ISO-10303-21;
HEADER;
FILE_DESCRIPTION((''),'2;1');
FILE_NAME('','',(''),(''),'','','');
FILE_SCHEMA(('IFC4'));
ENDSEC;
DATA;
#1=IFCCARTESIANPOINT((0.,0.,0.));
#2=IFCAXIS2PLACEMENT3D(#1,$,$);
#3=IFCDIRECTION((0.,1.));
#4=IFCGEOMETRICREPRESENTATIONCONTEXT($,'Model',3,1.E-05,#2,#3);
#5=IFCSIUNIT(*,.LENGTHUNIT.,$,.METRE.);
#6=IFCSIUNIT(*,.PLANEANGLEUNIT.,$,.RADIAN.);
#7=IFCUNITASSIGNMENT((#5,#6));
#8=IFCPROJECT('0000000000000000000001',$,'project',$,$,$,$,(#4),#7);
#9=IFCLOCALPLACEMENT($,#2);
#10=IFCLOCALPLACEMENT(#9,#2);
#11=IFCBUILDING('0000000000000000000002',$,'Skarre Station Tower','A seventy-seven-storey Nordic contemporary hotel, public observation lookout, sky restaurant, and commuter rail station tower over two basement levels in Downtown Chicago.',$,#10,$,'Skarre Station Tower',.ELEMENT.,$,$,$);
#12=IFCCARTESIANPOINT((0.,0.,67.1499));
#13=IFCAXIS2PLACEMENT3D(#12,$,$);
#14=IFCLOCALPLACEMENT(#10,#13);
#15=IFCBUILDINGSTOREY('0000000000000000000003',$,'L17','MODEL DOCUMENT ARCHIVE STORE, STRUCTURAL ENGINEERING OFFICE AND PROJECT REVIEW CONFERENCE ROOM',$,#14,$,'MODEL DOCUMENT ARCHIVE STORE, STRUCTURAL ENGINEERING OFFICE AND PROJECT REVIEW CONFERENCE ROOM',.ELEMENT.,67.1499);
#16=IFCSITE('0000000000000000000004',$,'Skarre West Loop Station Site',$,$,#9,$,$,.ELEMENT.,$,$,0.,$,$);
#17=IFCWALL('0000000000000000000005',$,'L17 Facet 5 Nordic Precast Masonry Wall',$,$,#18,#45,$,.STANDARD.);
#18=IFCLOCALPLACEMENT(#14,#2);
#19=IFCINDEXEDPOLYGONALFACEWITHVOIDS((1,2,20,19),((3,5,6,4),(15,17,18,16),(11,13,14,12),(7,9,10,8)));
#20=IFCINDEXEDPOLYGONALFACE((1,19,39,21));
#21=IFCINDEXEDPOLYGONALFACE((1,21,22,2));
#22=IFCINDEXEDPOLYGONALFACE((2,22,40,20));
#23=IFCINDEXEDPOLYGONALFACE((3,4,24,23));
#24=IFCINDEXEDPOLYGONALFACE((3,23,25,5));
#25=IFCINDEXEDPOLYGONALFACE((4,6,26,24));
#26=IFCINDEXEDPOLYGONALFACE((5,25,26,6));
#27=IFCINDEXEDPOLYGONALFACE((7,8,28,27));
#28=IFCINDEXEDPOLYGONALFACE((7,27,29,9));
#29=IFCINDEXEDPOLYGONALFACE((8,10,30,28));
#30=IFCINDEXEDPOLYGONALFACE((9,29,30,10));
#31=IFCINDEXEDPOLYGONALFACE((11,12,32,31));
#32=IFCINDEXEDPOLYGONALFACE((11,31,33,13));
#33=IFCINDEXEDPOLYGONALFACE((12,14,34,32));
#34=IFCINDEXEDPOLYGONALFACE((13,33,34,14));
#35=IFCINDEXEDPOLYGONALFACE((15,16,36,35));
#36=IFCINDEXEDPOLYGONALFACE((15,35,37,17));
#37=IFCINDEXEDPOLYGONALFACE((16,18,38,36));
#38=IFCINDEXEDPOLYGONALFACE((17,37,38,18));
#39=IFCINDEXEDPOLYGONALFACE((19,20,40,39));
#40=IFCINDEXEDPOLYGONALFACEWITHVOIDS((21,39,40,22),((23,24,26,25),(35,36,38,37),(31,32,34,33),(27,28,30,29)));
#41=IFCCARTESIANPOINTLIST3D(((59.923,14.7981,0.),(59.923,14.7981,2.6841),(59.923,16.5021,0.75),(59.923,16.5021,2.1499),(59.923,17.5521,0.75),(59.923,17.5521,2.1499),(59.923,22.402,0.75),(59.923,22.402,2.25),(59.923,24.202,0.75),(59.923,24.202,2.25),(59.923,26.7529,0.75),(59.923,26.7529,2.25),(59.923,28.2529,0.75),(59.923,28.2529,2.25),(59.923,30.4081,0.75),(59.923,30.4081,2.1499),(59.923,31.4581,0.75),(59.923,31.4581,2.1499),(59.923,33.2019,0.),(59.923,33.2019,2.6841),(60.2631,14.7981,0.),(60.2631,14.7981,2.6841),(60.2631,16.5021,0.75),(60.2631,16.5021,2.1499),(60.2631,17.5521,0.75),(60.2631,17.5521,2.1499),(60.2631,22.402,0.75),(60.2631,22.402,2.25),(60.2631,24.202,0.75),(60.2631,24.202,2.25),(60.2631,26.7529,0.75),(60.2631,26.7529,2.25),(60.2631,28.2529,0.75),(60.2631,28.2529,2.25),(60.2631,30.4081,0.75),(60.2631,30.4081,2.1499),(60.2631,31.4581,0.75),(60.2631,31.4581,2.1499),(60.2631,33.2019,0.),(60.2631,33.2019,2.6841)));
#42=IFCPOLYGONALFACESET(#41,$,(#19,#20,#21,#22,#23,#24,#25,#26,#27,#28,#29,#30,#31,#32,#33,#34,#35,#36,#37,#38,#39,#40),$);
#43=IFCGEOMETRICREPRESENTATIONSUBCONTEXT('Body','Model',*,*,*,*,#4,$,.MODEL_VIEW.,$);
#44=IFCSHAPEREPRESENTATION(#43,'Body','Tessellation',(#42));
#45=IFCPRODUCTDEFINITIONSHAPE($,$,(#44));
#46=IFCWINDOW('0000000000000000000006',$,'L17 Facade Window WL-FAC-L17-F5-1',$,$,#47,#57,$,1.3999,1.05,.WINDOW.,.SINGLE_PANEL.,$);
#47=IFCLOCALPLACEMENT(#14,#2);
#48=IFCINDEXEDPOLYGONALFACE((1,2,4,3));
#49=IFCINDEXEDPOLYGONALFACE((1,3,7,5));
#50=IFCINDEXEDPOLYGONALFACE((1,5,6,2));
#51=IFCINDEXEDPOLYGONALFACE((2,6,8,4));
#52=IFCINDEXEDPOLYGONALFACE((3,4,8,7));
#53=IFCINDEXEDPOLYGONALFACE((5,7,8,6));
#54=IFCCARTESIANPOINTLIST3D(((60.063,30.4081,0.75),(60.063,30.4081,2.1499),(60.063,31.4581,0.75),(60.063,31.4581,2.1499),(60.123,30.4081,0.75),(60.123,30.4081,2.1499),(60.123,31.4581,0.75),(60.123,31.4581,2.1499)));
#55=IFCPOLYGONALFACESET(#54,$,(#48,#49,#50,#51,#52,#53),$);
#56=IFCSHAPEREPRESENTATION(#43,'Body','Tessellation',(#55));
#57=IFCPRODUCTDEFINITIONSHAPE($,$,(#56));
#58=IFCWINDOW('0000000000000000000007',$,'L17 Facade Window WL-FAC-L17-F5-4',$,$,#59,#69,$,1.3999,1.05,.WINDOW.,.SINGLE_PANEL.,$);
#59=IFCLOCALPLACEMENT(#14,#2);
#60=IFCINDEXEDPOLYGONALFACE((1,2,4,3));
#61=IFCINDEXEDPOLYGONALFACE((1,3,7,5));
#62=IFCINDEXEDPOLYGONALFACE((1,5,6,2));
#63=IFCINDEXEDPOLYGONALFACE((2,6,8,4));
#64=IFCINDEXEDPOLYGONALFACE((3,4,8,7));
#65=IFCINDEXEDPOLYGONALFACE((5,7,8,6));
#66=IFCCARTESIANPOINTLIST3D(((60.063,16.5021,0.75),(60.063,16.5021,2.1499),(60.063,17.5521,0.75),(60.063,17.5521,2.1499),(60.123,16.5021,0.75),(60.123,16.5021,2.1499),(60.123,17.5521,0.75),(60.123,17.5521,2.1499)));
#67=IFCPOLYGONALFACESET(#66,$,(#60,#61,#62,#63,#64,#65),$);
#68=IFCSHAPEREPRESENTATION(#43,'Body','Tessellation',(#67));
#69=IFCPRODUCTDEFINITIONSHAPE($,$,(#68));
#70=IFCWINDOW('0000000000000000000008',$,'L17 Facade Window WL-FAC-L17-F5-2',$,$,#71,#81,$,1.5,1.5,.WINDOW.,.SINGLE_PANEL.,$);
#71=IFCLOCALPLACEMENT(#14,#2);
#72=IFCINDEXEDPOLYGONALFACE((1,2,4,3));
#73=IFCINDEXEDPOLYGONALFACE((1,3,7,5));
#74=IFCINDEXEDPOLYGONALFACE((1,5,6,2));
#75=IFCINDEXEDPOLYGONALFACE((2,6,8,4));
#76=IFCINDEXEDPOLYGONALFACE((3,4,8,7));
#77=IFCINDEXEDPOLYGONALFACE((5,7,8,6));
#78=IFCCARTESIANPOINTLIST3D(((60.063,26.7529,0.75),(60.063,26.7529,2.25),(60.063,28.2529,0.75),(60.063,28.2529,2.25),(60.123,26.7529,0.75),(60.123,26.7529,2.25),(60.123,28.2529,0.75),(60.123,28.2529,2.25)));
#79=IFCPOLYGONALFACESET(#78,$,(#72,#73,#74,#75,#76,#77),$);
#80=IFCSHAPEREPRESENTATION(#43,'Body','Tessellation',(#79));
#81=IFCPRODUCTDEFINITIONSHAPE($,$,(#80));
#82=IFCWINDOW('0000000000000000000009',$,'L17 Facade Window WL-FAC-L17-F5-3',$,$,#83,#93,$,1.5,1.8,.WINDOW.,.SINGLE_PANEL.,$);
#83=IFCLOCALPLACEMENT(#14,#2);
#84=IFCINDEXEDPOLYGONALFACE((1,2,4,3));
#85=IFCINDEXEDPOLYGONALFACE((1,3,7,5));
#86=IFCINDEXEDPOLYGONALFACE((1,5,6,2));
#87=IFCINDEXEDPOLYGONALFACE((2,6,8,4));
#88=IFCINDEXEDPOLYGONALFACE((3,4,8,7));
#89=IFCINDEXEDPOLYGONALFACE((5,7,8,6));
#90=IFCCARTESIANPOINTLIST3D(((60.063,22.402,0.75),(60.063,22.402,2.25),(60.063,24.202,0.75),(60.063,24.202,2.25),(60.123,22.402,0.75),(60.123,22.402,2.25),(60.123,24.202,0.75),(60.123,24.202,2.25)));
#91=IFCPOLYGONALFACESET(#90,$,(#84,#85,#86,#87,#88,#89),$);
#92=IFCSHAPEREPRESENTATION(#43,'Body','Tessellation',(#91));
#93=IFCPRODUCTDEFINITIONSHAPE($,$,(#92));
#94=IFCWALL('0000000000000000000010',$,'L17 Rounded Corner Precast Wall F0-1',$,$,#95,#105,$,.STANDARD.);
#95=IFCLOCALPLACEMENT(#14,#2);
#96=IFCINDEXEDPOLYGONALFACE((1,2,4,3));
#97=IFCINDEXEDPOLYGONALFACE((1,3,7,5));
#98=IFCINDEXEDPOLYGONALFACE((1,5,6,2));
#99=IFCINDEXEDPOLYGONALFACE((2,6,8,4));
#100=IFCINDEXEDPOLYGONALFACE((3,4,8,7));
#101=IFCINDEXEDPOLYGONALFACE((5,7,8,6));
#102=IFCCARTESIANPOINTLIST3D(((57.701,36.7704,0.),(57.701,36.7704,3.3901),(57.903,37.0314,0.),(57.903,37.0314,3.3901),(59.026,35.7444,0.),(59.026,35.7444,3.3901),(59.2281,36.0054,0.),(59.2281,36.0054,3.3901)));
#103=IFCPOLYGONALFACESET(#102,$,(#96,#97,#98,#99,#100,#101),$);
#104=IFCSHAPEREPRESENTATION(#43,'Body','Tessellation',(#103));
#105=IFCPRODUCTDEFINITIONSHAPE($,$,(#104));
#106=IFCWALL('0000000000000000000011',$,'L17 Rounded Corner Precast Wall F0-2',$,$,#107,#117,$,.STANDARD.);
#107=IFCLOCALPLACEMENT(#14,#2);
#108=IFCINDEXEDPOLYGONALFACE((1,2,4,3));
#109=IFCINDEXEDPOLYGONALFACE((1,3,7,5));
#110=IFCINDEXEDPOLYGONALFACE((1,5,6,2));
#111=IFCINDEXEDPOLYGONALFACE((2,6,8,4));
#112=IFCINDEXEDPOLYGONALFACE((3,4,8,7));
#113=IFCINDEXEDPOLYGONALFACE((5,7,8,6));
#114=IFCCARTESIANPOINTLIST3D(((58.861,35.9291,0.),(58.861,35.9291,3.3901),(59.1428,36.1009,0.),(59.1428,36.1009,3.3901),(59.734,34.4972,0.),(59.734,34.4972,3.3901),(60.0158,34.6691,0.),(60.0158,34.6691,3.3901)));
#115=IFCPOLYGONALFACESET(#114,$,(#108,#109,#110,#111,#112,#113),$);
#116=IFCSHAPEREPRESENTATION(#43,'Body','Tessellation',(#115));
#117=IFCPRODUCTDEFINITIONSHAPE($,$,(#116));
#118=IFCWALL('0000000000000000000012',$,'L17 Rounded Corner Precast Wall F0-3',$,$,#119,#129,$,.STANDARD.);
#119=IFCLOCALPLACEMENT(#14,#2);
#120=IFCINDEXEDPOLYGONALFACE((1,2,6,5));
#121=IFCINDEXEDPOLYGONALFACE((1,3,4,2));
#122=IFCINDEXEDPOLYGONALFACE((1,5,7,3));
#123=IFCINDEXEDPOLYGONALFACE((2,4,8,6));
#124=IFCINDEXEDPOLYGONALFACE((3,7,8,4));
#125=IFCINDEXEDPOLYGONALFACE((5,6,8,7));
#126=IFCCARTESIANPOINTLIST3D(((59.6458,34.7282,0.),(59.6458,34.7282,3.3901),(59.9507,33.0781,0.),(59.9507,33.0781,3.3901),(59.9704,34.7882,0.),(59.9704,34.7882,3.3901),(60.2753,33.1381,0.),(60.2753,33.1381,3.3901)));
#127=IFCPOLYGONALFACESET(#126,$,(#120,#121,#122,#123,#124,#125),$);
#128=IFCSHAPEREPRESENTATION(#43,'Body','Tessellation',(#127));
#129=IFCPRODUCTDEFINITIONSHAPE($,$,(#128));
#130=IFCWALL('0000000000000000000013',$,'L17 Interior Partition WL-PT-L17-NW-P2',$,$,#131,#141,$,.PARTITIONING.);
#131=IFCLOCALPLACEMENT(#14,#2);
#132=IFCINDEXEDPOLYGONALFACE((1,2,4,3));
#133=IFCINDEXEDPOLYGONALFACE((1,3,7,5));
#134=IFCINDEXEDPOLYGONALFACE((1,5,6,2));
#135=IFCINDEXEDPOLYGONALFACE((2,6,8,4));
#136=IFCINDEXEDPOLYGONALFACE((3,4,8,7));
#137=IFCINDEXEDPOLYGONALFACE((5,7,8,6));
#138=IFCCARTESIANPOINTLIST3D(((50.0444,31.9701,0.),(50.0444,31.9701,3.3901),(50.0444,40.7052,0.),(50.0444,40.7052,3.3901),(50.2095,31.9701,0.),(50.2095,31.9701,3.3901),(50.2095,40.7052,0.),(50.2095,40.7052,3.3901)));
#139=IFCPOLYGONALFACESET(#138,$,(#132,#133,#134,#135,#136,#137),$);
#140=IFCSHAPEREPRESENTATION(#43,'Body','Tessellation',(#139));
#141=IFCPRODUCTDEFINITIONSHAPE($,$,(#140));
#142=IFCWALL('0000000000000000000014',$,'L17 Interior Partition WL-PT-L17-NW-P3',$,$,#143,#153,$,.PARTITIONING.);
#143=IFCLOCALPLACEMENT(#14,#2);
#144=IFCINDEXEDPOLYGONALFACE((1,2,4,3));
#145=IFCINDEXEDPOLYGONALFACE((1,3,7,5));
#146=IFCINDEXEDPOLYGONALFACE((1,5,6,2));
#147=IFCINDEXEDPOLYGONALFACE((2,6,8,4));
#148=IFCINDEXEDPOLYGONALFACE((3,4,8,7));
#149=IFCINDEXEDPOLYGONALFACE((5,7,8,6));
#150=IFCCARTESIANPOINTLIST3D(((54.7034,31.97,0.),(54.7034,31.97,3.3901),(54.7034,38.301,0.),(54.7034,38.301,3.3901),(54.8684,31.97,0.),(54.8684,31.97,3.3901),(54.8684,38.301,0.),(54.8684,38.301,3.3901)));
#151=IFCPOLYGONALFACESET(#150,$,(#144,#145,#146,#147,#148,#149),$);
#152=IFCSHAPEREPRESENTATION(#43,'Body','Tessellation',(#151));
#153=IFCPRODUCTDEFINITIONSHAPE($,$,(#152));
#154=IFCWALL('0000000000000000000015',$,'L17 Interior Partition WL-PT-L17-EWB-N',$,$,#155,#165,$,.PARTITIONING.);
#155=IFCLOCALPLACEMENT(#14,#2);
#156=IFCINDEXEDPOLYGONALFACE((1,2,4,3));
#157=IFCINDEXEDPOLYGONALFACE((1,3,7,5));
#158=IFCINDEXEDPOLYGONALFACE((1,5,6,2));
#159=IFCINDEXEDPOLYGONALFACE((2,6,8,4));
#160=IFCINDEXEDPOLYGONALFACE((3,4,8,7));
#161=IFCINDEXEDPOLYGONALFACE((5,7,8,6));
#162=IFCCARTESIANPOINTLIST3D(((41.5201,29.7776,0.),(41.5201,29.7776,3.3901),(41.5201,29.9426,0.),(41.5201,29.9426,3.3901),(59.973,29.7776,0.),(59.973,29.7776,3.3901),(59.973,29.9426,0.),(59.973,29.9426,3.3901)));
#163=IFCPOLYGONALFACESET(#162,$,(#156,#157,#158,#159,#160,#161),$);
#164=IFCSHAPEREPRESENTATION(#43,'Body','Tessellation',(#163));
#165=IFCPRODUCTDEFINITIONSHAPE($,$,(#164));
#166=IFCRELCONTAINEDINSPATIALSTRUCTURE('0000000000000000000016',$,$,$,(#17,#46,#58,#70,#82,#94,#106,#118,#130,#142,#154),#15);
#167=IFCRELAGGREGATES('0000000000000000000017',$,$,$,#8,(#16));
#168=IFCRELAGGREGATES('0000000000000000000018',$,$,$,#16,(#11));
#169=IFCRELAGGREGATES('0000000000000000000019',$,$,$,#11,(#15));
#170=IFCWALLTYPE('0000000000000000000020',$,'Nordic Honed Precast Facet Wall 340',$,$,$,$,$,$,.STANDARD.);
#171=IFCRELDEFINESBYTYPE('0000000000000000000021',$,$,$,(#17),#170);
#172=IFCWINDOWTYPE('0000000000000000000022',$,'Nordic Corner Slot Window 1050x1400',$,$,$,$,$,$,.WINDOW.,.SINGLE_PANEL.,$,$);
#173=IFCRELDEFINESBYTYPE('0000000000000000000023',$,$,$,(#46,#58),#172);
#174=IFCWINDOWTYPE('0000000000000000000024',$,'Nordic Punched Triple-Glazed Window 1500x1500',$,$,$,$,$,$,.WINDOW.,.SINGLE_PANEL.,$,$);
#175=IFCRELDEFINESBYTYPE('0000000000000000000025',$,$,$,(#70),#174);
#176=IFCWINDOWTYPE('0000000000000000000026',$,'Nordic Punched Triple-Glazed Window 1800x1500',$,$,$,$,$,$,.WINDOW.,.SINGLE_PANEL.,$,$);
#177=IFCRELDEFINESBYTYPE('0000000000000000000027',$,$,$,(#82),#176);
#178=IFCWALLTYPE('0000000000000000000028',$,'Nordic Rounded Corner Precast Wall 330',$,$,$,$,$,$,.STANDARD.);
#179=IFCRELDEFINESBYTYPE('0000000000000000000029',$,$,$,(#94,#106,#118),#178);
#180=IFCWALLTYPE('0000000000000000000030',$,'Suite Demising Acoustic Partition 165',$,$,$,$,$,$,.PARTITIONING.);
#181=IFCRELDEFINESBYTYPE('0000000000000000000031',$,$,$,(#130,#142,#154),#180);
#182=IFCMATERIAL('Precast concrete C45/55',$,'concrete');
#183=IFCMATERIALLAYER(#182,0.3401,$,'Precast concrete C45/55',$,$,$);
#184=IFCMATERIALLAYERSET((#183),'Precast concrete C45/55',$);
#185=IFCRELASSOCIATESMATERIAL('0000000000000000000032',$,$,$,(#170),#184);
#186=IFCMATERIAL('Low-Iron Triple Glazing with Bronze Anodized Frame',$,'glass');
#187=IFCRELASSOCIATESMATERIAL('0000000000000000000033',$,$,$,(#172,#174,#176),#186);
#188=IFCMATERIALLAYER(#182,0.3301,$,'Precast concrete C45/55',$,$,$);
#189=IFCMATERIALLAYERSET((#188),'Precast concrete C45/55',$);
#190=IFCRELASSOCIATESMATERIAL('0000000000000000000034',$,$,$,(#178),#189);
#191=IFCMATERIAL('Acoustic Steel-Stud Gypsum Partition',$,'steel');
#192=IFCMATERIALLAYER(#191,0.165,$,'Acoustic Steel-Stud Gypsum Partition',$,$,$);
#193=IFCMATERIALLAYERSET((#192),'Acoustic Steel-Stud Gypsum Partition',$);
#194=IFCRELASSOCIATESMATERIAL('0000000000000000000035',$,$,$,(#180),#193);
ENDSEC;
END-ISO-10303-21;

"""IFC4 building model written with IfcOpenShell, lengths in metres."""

from ifc_helpers import new_model, si_unit, direction, frame, frame_2d, origin, place, context, subcontext, project, spatial, rectangle, extrude, material, layer, layer_set, type_object, element, fill, save


model = new_model("IFC4")

# Units and contexts
model_context = context("Model", 3, precision=1e-05, world=origin(), true_north=direction((0.0, 1.0)))
body_context = subcontext(model_context, "Body", "Model", "MODEL_VIEW")
ifc_project = project(units=[si_unit("LENGTHUNIT", "METRE"), si_unit("PLANEANGLEUNIT", "RADIAN")], contexts=[model_context])

# Site, building, storey
site_placement = place(None, origin())
site = spatial("IfcSite", under=ifc_project, at=site_placement, Name="Skarre West Loop Station Site", CompositionType="ELEMENT", RefElevation=0.0)
building_placement = place(site_placement, origin())
building = spatial("IfcBuilding", under=site, at=building_placement, Name="Skarre Station Tower", Description="A seventy-seven-storey Nordic contemporary hotel, public observation lookout, sky restaurant, and commuter rail station tower over two basement levels in Downtown Chicago.", LongName="Skarre Station Tower", CompositionType="ELEMENT")
storey_placement = place(building_placement, frame((0.0, 0.0, 67.1499)))
storey = spatial("IfcBuildingStorey", under=building, at=storey_placement, Name="L17", Description="MODEL DOCUMENT ARCHIVE STORE, STRUCTURAL ENGINEERING OFFICE AND PROJECT REVIEW CONFERENCE ROOM", LongName="MODEL DOCUMENT ARCHIVE STORE, STRUCTURAL ENGINEERING OFFICE AND PROJECT REVIEW CONFERENCE ROOM", CompositionType="ELEMENT", Elevation=67.1499)

# Shared definitions
ifc_material_1 = material(Name="Acoustic Steel-Stud Gypsum Partition", Category="steel")

# Wall, openings, windows
ifc_material_2 = material(Name="Precast concrete C45/55", Category="concrete")
ifc_layer_1 = layer(ifc_material_2, 0.3401, Name="Precast concrete C45/55")
ifc_layer_set_1 = layer_set([ifc_layer_1], Name="Precast concrete C45/55")
wall_type_1 = type_object("IfcWallType", Name="Nordic Honed Precast Facet Wall 340", PredefinedType="STANDARD", material=ifc_layer_set_1)
wall_1_placement = place(storey_placement, frame((60.093, 33.2019, 0.0), z_axis=(0.0, 0.0, 1.0), x_axis=(0.0, -1.0, 0.0)))
wall_1 = element("IfcWall", 1, at=wall_1_placement, inside=storey, type_object=wall_type_1, Name="L17 Facet 5 Nordic Precast Masonry Wall", PredefinedType="STANDARD", context=body_context, shape_type="SweptSolid", body=[
    extrude(rectangle(XDim=18.4038, YDim=0.3401, at=frame_2d((9.2019, 0.0))), origin(), (0.0, 0.0, 1.0), 2.6841),
])
opening_1_placement = place(wall_1_placement, frame((1.7439, 0.0, 0.75)))
opening_1 = element("IfcOpeningElement", 2, at=opening_1_placement, cuts=wall_1, PredefinedType="OPENING", context=body_context, shape_type="SweptSolid", body=[
    extrude(rectangle(XDim=1.05, YDim=1.3999, at=frame_2d((0.5249, 0.7))), frame((0.0, 0.1799, 0.0), z_axis=(0.0, -1.0, 0.0), x_axis=(1.0, 0.0, 0.0)), (0.0, 0.0, 1.0), 0.3601),
])
opening_2_placement = place(wall_1_placement, frame((4.949, 0.0, 0.75)))
opening_2 = element("IfcOpeningElement", 3, at=opening_2_placement, cuts=wall_1, PredefinedType="OPENING", context=body_context, shape_type="SweptSolid", body=[
    extrude(rectangle(XDim=1.5, YDim=1.5, at=frame_2d((0.75, 0.75))), frame((0.0, 0.1799, 0.0), z_axis=(0.0, -1.0, 0.0), x_axis=(1.0, 0.0, 0.0)), (0.0, 0.0, 1.0), 0.3601),
])
opening_3_placement = place(wall_1_placement, frame((9.0, 0.0, 0.75)))
opening_3 = element("IfcOpeningElement", 4, at=opening_3_placement, cuts=wall_1, PredefinedType="OPENING", context=body_context, shape_type="SweptSolid", body=[
    extrude(rectangle(XDim=1.8, YDim=1.5, at=frame_2d((0.8999, 0.75))), frame((0.0, 0.1799, 0.0), z_axis=(0.0, -1.0, 0.0), x_axis=(1.0, 0.0, 0.0)), (0.0, 0.0, 1.0), 0.3601),
])
opening_4_placement = place(wall_1_placement, frame((15.6499, 0.0, 0.75)))
opening_4 = element("IfcOpeningElement", 5, at=opening_4_placement, cuts=wall_1, PredefinedType="OPENING", context=body_context, shape_type="SweptSolid", body=[
    extrude(rectangle(XDim=1.05, YDim=1.3999, at=frame_2d((0.5249, 0.7))), frame((0.0, 0.1799, 0.0), z_axis=(0.0, -1.0, 0.0), x_axis=(1.0, 0.0, 0.0)), (0.0, 0.0, 1.0), 0.3601),
])
ifc_material_3 = material(Name="Low-Iron Triple Glazing with Bronze Anodized Frame", Category="glass")
window_type_1 = type_object("IfcWindowType", Name="Nordic Corner Slot Window 1050x1400", PartitioningType="SINGLE_PANEL", PredefinedType="WINDOW", material=ifc_material_3)
window_1_placement = place(opening_1_placement, origin())
window_1 = element("IfcWindow", 6, at=window_1_placement, inside=storey, type_object=window_type_1, Name="L17 Facade Window WL-FAC-L17-F5-1", OverallHeight=1.3999, OverallWidth=1.05, PartitioningType="SINGLE_PANEL", PredefinedType="WINDOW", context=body_context, shape_type="SweptSolid", body=[
    extrude(rectangle(XDim=1.05, YDim=1.3999, at=frame_2d((0.5249, 0.7))), frame((0.0, 0.03, 0.0), z_axis=(0.0, -1.0, 0.0), x_axis=(1.0, 0.0, 0.0)), (0.0, 0.0, 1.0), 0.0601),
])
fill(opening_1, window_1)
window_2_placement = place(opening_4_placement, origin())
window_2 = element("IfcWindow", 7, at=window_2_placement, inside=storey, type_object=window_type_1, Name="L17 Facade Window WL-FAC-L17-F5-4", OverallHeight=1.3999, OverallWidth=1.05, PartitioningType="SINGLE_PANEL", PredefinedType="WINDOW", context=body_context, shape_type="SweptSolid", body=[
    extrude(rectangle(XDim=1.05, YDim=1.3999, at=frame_2d((0.5249, 0.7))), frame((0.0, 0.03, 0.0), z_axis=(0.0, -1.0, 0.0), x_axis=(1.0, 0.0, 0.0)), (0.0, 0.0, 1.0), 0.0601),
])
fill(opening_4, window_2)
window_type_2 = type_object("IfcWindowType", Name="Nordic Punched Triple-Glazed Window 1500x1500", PartitioningType="SINGLE_PANEL", PredefinedType="WINDOW", material=ifc_material_3)
window_3_placement = place(opening_2_placement, origin())
window_3 = element("IfcWindow", 8, at=window_3_placement, inside=storey, type_object=window_type_2, Name="L17 Facade Window WL-FAC-L17-F5-2", OverallHeight=1.5, OverallWidth=1.5, PartitioningType="SINGLE_PANEL", PredefinedType="WINDOW", context=body_context, shape_type="SweptSolid", body=[
    extrude(rectangle(XDim=1.5, YDim=1.5, at=frame_2d((0.75, 0.75))), frame((0.0, 0.03, 0.0), z_axis=(0.0, -1.0, 0.0), x_axis=(1.0, 0.0, 0.0)), (0.0, 0.0, 1.0), 0.0601),
])
fill(opening_2, window_3)
window_type_3 = type_object("IfcWindowType", Name="Nordic Punched Triple-Glazed Window 1800x1500", PartitioningType="SINGLE_PANEL", PredefinedType="WINDOW", material=ifc_material_3)
window_4_placement = place(opening_3_placement, origin())
window_4 = element("IfcWindow", 9, at=window_4_placement, inside=storey, type_object=window_type_3, Name="L17 Facade Window WL-FAC-L17-F5-3", OverallHeight=1.5, OverallWidth=1.8, PartitioningType="SINGLE_PANEL", PredefinedType="WINDOW", context=body_context, shape_type="SweptSolid", body=[
    extrude(rectangle(XDim=1.8, YDim=1.5, at=frame_2d((0.8999, 0.75))), frame((0.0, 0.03, 0.0), z_axis=(0.0, -1.0, 0.0), x_axis=(1.0, 0.0, 0.0)), (0.0, 0.0, 1.0), 0.0601),
])
fill(opening_3, window_4)

# Walls
ifc_layer_2 = layer(ifc_material_2, 0.3301, Name="Precast concrete C45/55")
ifc_layer_set_2 = layer_set([ifc_layer_2], Name="Precast concrete C45/55")
wall_type_2 = type_object("IfcWallType", Name="Nordic Rounded Corner Precast Wall 330", PredefinedType="STANDARD", material=ifc_layer_set_2)
wall_2_placement = place(storey_placement, frame((57.802, 36.9009, 0.0), z_axis=(0.0, 0.0, 1.0), x_axis=(0.790692, -0.612214, 0.0)))
element("IfcWall", 10, at=wall_2_placement, inside=storey, type_object=wall_type_2, Name="L17 Rounded Corner Precast Wall F0-1", PredefinedType="STANDARD", context=body_context, shape_type="SweptSolid", body=[
    extrude(rectangle(XDim=1.6758, YDim=0.3301, at=frame_2d((0.8379, 0.0))), origin(), (0.0, 0.0, 1.0), 3.3901),
])
wall_3_placement = place(storey_placement, frame((59.002, 36.0149, 0.0), z_axis=(0.0, 0.0, 1.0), x_axis=(0.520584, -0.85381, 0.0)))
element("IfcWall", 11, at=wall_3_placement, inside=storey, type_object=wall_type_2, Name="L17 Rounded Corner Precast Wall F0-2", PredefinedType="STANDARD", context=body_context, shape_type="SweptSolid", body=[
    extrude(rectangle(XDim=1.677, YDim=0.3301, at=frame_2d((0.8384, 0.0))), origin(), (0.0, 0.0, 1.0), 3.3901),
])
wall_4_placement = place(storey_placement, frame((59.8081, 34.7581, 0.0), z_axis=(0.0, 0.0, 1.0), x_axis=(0.181714, -0.983351, 0.0)))
element("IfcWall", 12, at=wall_4_placement, inside=storey, type_object=wall_type_2, Name="L17 Rounded Corner Precast Wall F0-3", PredefinedType="STANDARD", context=body_context, shape_type="SweptSolid", body=[
    extrude(rectangle(XDim=1.678, YDim=0.3301, at=frame_2d((0.8389, 0.0))), origin(), (0.0, 0.0, 1.0), 3.3901),
])
ifc_layer_3 = layer(ifc_material_1, 0.165, Name="Acoustic Steel-Stud Gypsum Partition")
ifc_layer_set_3 = layer_set([ifc_layer_3], Name="Acoustic Steel-Stud Gypsum Partition")
wall_type_3 = type_object("IfcWallType", Name="Suite Demising Acoustic Partition 165", PredefinedType="PARTITIONING", material=ifc_layer_set_3)
wall_5_placement = place(storey_placement, frame((50.127, 31.97, 0.0), z_axis=(0.0, 0.0, 1.0), x_axis=(0.0, 1.0, 0.0)))
element("IfcWall", 13, at=wall_5_placement, inside=storey, type_object=wall_type_3, Name="L17 Interior Partition WL-PT-L17-NW-P2", PredefinedType="PARTITIONING", context=body_context, shape_type="SweptSolid", body=[
    extrude(rectangle(XDim=8.7351, YDim=0.165, at=frame_2d((4.3677, 0.0))), origin(), (0.0, 0.0, 1.0), 3.3901),
])
wall_6_placement = place(storey_placement, frame((54.7859, 31.97, 0.0), z_axis=(0.0, 0.0, 1.0), x_axis=(0.0, 1.0, 0.0)))
element("IfcWall", 14, at=wall_6_placement, inside=storey, type_object=wall_type_3, Name="L17 Interior Partition WL-PT-L17-NW-P3", PredefinedType="PARTITIONING", context=body_context, shape_type="SweptSolid", body=[
    extrude(rectangle(XDim=6.3311, YDim=0.165, at=frame_2d((3.1655, 0.0))), origin(), (0.0, 0.0, 1.0), 3.3901),
])
wall_7_placement = place(storey_placement, frame((41.52, 29.8601, 0.0), z_axis=(0.0, 0.0, 1.0), x_axis=(1.0, 0.0, 0.0)))
element("IfcWall", 15, at=wall_7_placement, inside=storey, type_object=wall_type_3, Name="L17 Interior Partition WL-PT-L17-EWB-N", PredefinedType="PARTITIONING", context=body_context, shape_type="SweptSolid", body=[
    extrude(rectangle(XDim=18.4529, YDim=0.165, at=frame_2d((9.2266, 0.0))), origin(), (0.0, 0.0, 1.0), 3.3901),
])

save(model, "model.ifc")
